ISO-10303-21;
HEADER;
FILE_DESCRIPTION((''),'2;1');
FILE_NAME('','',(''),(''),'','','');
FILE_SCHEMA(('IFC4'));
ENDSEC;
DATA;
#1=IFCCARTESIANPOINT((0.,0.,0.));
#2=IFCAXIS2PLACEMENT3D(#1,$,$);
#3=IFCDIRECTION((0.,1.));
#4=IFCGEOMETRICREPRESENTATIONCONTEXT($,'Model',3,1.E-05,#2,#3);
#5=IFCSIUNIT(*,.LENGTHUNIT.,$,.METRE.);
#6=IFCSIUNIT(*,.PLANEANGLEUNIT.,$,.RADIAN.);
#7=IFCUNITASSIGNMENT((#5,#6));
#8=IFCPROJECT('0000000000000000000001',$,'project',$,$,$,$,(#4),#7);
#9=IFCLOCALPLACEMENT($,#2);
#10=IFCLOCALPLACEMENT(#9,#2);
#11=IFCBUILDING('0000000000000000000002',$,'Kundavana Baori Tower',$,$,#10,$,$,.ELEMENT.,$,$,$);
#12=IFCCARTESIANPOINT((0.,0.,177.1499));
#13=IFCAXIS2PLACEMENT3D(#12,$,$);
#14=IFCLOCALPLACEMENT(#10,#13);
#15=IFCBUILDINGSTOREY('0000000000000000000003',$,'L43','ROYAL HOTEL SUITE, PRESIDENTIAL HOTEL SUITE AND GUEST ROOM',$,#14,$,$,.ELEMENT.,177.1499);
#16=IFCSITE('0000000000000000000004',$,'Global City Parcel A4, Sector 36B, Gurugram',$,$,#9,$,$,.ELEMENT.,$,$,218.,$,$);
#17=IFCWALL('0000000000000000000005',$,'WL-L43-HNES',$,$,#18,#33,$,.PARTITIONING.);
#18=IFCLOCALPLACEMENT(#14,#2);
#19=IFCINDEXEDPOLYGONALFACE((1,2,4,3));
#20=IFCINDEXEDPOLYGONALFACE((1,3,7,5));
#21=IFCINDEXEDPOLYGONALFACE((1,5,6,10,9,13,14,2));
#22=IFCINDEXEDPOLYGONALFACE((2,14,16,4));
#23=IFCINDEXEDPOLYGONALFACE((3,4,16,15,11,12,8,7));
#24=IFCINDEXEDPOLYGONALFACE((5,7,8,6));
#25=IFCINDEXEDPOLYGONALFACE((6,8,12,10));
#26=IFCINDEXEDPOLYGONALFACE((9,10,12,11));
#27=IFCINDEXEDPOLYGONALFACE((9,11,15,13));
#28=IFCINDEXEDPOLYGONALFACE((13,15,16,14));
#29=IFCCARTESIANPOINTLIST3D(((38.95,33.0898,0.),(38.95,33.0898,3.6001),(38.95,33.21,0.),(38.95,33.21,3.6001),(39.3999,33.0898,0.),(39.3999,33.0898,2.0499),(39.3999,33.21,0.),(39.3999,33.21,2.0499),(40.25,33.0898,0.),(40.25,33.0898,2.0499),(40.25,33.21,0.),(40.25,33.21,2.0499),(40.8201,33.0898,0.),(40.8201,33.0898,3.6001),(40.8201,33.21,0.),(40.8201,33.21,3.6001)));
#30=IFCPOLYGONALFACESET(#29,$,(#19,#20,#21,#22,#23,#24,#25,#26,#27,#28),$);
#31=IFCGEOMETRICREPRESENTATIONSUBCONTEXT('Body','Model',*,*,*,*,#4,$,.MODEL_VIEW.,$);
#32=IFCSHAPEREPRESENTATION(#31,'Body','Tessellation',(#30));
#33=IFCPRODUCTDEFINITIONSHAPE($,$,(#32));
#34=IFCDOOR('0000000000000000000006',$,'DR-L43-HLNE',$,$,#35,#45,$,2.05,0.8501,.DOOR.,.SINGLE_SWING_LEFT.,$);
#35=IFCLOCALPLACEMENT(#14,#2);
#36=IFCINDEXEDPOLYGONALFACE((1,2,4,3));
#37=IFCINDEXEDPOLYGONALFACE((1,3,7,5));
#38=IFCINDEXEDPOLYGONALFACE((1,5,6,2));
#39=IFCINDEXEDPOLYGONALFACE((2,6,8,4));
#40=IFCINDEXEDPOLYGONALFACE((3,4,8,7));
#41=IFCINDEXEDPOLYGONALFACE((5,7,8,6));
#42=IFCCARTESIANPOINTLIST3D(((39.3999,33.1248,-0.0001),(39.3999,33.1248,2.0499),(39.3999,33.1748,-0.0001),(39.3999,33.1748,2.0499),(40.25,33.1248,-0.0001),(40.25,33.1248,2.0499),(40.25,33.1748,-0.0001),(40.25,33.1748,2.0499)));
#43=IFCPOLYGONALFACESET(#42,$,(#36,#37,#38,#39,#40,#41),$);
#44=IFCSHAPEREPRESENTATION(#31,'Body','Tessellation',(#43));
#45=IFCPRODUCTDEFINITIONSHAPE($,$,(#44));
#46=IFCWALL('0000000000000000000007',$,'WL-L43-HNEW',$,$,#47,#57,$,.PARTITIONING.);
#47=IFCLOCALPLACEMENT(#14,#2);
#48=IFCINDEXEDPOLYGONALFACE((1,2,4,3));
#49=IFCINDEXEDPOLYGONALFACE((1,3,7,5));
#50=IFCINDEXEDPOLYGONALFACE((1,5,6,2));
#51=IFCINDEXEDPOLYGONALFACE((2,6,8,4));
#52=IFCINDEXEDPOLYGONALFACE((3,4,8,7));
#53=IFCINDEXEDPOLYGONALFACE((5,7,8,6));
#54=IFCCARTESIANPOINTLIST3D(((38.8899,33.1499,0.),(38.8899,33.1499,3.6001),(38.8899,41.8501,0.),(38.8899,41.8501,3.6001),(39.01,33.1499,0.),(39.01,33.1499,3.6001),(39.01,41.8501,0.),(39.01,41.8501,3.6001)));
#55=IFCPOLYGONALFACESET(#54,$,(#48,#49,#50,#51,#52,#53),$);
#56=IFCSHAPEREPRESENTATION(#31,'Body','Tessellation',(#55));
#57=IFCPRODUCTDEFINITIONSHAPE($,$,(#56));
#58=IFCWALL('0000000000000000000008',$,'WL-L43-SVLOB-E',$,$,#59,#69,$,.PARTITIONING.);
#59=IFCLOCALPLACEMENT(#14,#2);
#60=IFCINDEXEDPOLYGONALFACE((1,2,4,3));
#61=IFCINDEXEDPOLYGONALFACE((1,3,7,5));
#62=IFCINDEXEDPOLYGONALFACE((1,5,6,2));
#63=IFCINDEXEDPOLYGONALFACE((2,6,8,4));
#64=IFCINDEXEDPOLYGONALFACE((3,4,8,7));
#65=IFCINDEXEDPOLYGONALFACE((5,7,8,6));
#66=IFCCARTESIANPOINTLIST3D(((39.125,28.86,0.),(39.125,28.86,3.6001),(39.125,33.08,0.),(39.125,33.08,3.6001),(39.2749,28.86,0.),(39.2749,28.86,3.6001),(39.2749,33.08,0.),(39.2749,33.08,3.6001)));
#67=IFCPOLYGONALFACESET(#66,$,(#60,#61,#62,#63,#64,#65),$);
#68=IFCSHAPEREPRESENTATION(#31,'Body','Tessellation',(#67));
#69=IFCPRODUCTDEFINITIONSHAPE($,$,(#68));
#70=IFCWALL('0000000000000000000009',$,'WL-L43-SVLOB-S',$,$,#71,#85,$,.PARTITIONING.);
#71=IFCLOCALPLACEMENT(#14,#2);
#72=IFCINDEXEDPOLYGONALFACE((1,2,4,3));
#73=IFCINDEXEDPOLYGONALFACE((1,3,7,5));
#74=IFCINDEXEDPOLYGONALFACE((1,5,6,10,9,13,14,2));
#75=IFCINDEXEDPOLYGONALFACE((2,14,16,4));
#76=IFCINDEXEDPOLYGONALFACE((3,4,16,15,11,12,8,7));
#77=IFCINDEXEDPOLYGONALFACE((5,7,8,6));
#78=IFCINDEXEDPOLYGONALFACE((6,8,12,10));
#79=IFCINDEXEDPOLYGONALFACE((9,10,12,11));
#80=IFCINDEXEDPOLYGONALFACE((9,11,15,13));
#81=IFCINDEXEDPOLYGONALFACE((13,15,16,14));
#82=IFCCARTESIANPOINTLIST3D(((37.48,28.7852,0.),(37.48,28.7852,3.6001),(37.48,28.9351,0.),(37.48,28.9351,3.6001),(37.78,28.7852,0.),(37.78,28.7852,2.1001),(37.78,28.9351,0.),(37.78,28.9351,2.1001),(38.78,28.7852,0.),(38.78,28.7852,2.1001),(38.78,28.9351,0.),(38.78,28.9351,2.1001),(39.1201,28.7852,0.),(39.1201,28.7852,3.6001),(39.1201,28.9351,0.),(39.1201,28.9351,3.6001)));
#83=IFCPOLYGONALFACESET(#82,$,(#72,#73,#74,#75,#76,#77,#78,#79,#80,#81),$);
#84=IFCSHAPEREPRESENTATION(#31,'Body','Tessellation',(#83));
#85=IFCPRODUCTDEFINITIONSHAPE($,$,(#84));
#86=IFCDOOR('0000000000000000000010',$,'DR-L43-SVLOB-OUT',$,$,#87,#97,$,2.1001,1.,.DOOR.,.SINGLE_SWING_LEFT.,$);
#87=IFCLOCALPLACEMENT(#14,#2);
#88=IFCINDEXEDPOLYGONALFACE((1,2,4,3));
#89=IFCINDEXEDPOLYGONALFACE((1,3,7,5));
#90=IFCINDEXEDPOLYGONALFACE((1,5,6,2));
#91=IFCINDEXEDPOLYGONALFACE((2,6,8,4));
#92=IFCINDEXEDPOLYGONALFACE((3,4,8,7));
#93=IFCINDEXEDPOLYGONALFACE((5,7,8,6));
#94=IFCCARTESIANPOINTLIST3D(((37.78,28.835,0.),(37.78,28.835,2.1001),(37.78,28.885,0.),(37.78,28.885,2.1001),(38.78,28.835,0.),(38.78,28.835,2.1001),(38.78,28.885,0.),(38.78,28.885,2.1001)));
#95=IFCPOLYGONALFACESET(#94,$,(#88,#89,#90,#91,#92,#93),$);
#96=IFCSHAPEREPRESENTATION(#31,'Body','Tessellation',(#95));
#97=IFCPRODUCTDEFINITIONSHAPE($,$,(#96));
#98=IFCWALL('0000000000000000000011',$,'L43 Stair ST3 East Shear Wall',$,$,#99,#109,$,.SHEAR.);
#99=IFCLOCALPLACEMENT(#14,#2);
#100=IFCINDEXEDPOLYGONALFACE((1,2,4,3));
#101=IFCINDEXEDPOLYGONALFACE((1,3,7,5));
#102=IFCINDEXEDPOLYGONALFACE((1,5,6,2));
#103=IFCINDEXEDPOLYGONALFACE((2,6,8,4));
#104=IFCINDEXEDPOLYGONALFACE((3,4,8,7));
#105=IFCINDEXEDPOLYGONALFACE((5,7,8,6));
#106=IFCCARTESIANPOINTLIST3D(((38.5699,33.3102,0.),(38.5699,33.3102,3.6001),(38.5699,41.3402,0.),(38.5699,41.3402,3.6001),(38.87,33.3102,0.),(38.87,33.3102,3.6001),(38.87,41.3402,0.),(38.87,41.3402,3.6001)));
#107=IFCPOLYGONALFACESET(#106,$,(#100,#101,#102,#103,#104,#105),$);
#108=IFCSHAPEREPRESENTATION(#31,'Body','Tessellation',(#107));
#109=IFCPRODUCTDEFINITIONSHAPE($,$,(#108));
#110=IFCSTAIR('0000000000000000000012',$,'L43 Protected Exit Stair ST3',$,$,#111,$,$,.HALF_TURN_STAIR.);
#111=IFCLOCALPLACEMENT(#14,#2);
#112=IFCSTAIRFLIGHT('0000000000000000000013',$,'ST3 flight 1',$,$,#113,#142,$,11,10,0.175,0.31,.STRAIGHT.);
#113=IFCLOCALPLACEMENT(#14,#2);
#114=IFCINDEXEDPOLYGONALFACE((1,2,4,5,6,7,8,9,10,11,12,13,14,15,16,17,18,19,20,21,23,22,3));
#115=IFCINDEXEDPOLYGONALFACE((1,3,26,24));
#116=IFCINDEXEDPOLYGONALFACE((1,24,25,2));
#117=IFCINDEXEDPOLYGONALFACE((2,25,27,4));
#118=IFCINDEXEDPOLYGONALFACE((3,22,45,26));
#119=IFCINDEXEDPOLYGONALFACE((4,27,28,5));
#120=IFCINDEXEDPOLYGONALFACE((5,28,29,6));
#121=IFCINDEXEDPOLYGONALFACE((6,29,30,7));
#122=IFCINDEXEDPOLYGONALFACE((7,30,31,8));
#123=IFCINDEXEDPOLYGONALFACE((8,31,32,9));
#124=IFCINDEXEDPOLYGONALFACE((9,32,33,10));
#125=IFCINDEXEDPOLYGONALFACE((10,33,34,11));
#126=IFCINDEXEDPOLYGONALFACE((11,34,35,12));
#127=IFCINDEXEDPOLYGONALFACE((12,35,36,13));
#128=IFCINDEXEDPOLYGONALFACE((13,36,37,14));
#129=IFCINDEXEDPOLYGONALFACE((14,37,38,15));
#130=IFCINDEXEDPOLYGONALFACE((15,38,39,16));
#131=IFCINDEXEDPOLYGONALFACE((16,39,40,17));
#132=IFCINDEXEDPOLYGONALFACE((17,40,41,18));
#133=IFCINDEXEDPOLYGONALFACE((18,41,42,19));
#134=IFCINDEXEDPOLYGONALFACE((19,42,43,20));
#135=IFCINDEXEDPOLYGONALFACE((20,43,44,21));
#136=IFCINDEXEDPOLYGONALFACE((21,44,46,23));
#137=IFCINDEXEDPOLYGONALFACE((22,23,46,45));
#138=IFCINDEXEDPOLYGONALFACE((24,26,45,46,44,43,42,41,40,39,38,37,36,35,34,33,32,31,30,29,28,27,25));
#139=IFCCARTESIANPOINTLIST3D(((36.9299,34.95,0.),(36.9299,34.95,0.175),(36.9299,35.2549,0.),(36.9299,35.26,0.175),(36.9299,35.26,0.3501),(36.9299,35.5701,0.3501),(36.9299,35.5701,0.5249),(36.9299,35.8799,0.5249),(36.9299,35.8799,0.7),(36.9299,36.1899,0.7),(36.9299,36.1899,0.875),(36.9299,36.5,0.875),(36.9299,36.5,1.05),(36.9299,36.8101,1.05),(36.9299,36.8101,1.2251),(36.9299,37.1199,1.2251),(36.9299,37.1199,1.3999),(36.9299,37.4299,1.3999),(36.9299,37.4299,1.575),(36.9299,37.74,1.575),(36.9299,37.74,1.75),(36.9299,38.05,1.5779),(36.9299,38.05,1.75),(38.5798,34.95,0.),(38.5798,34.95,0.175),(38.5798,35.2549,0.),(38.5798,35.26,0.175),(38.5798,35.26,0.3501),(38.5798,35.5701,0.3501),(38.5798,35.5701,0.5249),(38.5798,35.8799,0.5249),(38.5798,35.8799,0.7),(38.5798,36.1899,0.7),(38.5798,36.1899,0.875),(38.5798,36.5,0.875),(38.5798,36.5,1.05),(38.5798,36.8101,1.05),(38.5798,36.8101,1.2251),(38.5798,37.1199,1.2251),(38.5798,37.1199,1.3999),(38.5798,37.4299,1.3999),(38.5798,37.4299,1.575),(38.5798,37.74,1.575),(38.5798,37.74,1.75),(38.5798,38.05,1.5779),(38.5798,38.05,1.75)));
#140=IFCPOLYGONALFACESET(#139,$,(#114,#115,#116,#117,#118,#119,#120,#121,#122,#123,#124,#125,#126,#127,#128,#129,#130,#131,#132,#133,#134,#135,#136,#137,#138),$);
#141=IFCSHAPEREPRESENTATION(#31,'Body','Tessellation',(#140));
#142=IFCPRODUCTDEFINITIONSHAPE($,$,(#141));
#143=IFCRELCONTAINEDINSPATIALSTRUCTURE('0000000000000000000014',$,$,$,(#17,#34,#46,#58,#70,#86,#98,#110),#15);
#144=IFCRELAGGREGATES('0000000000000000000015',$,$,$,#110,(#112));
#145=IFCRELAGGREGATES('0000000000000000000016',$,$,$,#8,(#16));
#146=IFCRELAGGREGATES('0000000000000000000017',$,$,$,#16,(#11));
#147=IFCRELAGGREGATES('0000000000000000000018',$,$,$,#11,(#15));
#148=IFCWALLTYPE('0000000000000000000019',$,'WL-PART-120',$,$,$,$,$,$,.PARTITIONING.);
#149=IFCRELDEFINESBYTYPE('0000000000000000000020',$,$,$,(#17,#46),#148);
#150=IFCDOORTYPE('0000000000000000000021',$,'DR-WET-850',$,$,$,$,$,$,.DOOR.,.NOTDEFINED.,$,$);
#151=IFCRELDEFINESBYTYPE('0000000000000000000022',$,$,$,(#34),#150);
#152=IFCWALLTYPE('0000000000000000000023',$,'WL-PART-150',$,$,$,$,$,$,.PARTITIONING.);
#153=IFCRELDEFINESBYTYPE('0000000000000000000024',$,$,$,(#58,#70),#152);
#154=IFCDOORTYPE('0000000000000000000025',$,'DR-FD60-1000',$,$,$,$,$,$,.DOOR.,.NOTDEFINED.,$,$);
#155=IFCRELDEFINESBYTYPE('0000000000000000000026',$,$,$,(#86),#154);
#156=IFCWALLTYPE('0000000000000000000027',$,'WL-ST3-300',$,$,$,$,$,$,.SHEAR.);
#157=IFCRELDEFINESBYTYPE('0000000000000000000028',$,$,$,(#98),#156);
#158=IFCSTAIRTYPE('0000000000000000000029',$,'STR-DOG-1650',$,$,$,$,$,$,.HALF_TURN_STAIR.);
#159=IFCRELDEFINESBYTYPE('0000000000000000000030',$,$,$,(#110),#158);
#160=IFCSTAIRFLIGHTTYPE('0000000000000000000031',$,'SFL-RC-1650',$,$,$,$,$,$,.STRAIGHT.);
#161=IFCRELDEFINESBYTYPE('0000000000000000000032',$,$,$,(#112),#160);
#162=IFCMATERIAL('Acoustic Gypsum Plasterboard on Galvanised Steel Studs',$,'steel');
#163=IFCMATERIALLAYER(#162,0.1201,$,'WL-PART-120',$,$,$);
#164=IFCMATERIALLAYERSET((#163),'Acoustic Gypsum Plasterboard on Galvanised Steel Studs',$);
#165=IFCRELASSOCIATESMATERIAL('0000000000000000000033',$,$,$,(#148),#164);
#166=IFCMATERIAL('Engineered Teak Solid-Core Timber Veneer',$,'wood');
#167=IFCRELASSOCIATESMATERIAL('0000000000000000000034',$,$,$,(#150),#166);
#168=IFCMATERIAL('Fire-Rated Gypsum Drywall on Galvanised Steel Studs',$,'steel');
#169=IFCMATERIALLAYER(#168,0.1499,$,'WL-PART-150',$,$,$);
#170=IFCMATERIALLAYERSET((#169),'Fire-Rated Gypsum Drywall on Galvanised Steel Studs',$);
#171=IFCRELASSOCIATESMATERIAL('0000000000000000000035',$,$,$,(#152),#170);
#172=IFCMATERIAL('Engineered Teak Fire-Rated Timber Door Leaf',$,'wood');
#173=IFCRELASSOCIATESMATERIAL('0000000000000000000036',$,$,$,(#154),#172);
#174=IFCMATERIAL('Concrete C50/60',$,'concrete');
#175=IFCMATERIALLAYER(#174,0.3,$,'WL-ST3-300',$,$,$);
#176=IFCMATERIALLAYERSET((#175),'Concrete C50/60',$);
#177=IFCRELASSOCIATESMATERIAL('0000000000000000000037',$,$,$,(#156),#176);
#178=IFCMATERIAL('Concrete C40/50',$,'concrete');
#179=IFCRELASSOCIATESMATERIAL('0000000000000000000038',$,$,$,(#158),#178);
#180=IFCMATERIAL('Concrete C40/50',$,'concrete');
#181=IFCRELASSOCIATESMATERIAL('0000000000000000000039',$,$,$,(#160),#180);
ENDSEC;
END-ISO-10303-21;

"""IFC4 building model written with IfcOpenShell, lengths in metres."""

from ifc_helpers import new_model, si_unit, direction, frame, frame_2d, origin, place, context, subcontext, project, spatial, polyline, rectangle, outline, extrude, material, layer, layer_set, type_object, element, fill, aggregate, save


model = new_model("IFC4")

# Units and contexts
model_context = context("Model", 3, precision=1e-05, world=origin(), true_north=direction((0.0, 1.0)))
body_context = subcontext(model_context, "Body", "Model", "MODEL_VIEW")
ifc_project = project(units=[si_unit("LENGTHUNIT", "METRE"), si_unit("PLANEANGLEUNIT", "RADIAN")], contexts=[model_context])

# Site, building, storey
site_placement = place(None, origin())
site = spatial("IfcSite", under=ifc_project, at=site_placement, Name="Global City Parcel A4, Sector 36B, Gurugram", CompositionType="ELEMENT", RefElevation=218.0)
building_placement = place(site_placement, origin())
building = spatial("IfcBuilding", under=site, at=building_placement, Name="Kundavana Baori Tower", CompositionType="ELEMENT")
storey_placement = place(building_placement, frame((0.0, 0.0, 177.1499)))
storey = spatial("IfcBuildingStorey", under=building, at=storey_placement, Name="L43", Description="ROYAL HOTEL SUITE, PRESIDENTIAL HOTEL SUITE AND GUEST ROOM", CompositionType="ELEMENT", Elevation=177.1499)

# Shared definitions
ifc_material_1 = material(Name="Acoustic Gypsum Plasterboard on Galvanised Steel Studs", Category="steel")
ifc_layer_1 = layer(ifc_material_1, 0.1201, Name="WL-PART-120")
ifc_layer_set_1 = layer_set([ifc_layer_1], Name="Acoustic Gypsum Plasterboard on Galvanised Steel Studs")
wall_type_1 = type_object("IfcWallType", Name="WL-PART-120", PredefinedType="PARTITIONING", material=ifc_layer_set_1)

# Wall, opening, door
wall_1_placement = place(storey_placement, frame((38.95, 33.1499, 0.0), z_axis=(0.0, 0.0, 1.0), x_axis=(1.0, 0.0, 0.0)))
wall_1 = element("IfcWall", 1, at=wall_1_placement, inside=storey, type_object=wall_type_1, Name="WL-L43-HNES", PredefinedType="PARTITIONING", context=body_context, shape_type="SweptSolid", body=[
    extrude(rectangle(XDim=1.8701, YDim=0.1201, at=frame_2d((0.9351, 0.0))), origin(), (0.0, 0.0, 1.0), 3.6001),
])
opening_1_placement = place(wall_1_placement, frame((0.45, 0.0, 0.0)))
opening_1 = element("IfcOpeningElement", 2, at=opening_1_placement, cuts=wall_1, PredefinedType="OPENING", context=body_context, shape_type="SweptSolid", body=[
    extrude(rectangle(XDim=0.8501, YDim=2.05, at=frame_2d((0.425, 1.0249))), frame((0.0, 0.0701, 0.0), z_axis=(0.0, -1.0, 0.0), x_axis=(1.0, 0.0, 0.0)), (0.0, 0.0, 1.0), 0.1401),
])
ifc_material_2 = material(Name="Engineered Teak Solid-Core Timber Veneer", Category="wood")
door_type_1 = type_object("IfcDoorType", Name="DR-WET-850", OperationType="NOTDEFINED", PredefinedType="DOOR", material=ifc_material_2)
door_1_placement = place(opening_1_placement, origin())
door_1 = element("IfcDoor", 3, at=door_1_placement, inside=storey, type_object=door_type_1, Name="DR-L43-HLNE", OperationType="SINGLE_SWING_LEFT", OverallHeight=2.05, OverallWidth=0.8501, PredefinedType="DOOR", context=body_context, shape_type="SweptSolid", body=[
    extrude(rectangle(XDim=0.8501, YDim=2.05, at=frame_2d((0.425, 1.0249))), frame((0.0, 0.0249, 0.0), z_axis=(0.0, -1.0, 0.0), x_axis=(1.0, 0.0, 0.0)), (0.0, 0.0, 1.0), 0.05),
])
fill(opening_1, door_1)

# Walls
wall_2_placement = place(storey_placement, frame((38.95, 33.1499, 0.0), z_axis=(0.0, 0.0, 1.0), x_axis=(0.0, 1.0, 0.0)))
element("IfcWall", 4, at=wall_2_placement, inside=storey, type_object=wall_type_1, Name="WL-L43-HNEW", PredefinedType="PARTITIONING", context=body_context, shape_type="SweptSolid", body=[
    extrude(rectangle(XDim=8.7002, YDim=0.1201, at=frame_2d((4.3501, 0.0))), origin(), (0.0, 0.0, 1.0), 3.6001),
])
ifc_material_3 = material(Name="Fire-Rated Gypsum Drywall on Galvanised Steel Studs", Category="steel")
ifc_layer_2 = layer(ifc_material_3, 0.1499, Name="WL-PART-150")
ifc_layer_set_2 = layer_set([ifc_layer_2], Name="Fire-Rated Gypsum Drywall on Galvanised Steel Studs")
wall_type_2 = type_object("IfcWallType", Name="WL-PART-150", PredefinedType="PARTITIONING", material=ifc_layer_set_2)
wall_3_placement = place(storey_placement, frame((39.2, 28.8601, 0.0), z_axis=(0.0, 0.0, 1.0), x_axis=(0.0, 1.0, 0.0)))
element("IfcWall", 5, at=wall_3_placement, inside=storey, type_object=wall_type_2, Name="WL-L43-SVLOB-E", PredefinedType="PARTITIONING", context=body_context, shape_type="SweptSolid", body=[
    extrude(rectangle(XDim=4.22, YDim=0.1499, at=frame_2d((2.1099, 0.0))), origin(), (0.0, 0.0, 1.0), 3.6001),
])

# Wall, opening, door
wall_4_placement = place(storey_placement, frame((37.48, 28.8601, 0.0), z_axis=(0.0, 0.0, 1.0), x_axis=(1.0, 0.0, 0.0)))
wall_4 = element("IfcWall", 6, at=wall_4_placement, inside=storey, type_object=wall_type_2, Name="WL-L43-SVLOB-S", PredefinedType="PARTITIONING", context=body_context, shape_type="SweptSolid", body=[
    extrude(rectangle(XDim=1.6401, YDim=0.1499, at=frame_2d((0.8201, 0.0))), origin(), (0.0, 0.0, 1.0), 3.6001),
])
opening_2_placement = place(wall_4_placement, frame((0.3, 0.0, 0.0)))
opening_2 = element("IfcOpeningElement", 7, at=opening_2_placement, cuts=wall_4, PredefinedType="OPENING", context=body_context, shape_type="SweptSolid", body=[
    extrude(rectangle(XDim=1.0, YDim=2.1001, at=frame_2d((0.5, 1.05))), frame((0.0, 0.085, 0.0), z_axis=(0.0, -1.0, 0.0), x_axis=(1.0, 0.0, 0.0)), (0.0, 0.0, 1.0), 0.1699),
])
ifc_material_4 = material(Name="Engineered Teak Fire-Rated Timber Door Leaf", Category="wood")
door_type_2 = type_object("IfcDoorType", Name="DR-FD60-1000", OperationType="NOTDEFINED", PredefinedType="DOOR", material=ifc_material_4)
door_2_placement = place(opening_2_placement, origin())
door_2 = element("IfcDoor", 8, at=door_2_placement, inside=storey, type_object=door_type_2, Name="DR-L43-SVLOB-OUT", OperationType="SINGLE_SWING_LEFT", OverallHeight=2.1001, OverallWidth=1.0, PredefinedType="DOOR", context=body_context, shape_type="SweptSolid", body=[
    extrude(rectangle(XDim=1.0, YDim=2.1001, at=frame_2d((0.5, 1.05))), frame((0.0, 0.0249, 0.0), z_axis=(0.0, -1.0, 0.0), x_axis=(1.0, 0.0, 0.0)), (0.0, 0.0, 1.0), 0.05),
])
fill(opening_2, door_2)

# Wall
ifc_material_5 = material(Name="Concrete C50/60", Category="concrete")
ifc_layer_3 = layer(ifc_material_5, 0.3, Name="WL-ST3-300")
ifc_layer_set_3 = layer_set([ifc_layer_3], Name="Concrete C50/60")
wall_type_3 = type_object("IfcWallType", Name="WL-ST3-300", PredefinedType="SHEAR", material=ifc_layer_set_3)
wall_5_placement = place(storey_placement, frame((38.72, 33.3101, 0.0), z_axis=(0.0, 0.0, 1.0), x_axis=(0.0, 1.0, 0.0)))
element("IfcWall", 9, at=wall_5_placement, inside=storey, type_object=wall_type_3, Name="L43 Stair ST3 East Shear Wall", PredefinedType="SHEAR", context=body_context, shape_type="SweptSolid", body=[
    extrude(rectangle(XDim=8.03, YDim=0.3, at=frame_2d((4.0151, 0.0))), origin(), (0.0, 0.0, 1.0), 3.6001),
])

# Stair, stair flight
ifc_material_6 = material(Name="Concrete C40/50", Category="concrete")
stair_type = type_object("IfcStairType", Name="STR-DOG-1650", PredefinedType="HALF_TURN_STAIR", material=ifc_material_6)
stair_placement = place(storey_placement, origin())
stair = element("IfcStair", 10, at=stair_placement, inside=storey, type_object=stair_type, Name="L43 Protected Exit Stair ST3", PredefinedType="HALF_TURN_STAIR")
ifc_material_7 = material(Name="Concrete C40/50", Category="concrete")
stair_flight_type = type_object("IfcStairFlightType", Name="SFL-RC-1650", PredefinedType="STRAIGHT", material=ifc_material_7)
stair_flight_placement = place(storey_placement, frame((37.7549, 34.95, 0.0), z_axis=(0.0, 0.0, 1.0), x_axis=(0.0, 1.0, 0.0)))
stair_flight = element("IfcStairFlight", 11, at=stair_flight_placement, type_object=stair_flight_type, Name="ST3 flight 1", NumberOfRisers=11, NumberOfTreads=10, PredefinedType="STRAIGHT", RiserHeight=0.175, TreadLength=0.31, context=body_context, shape_type="SweptSolid", body=[
    extrude(outline(polyline([(0.0, 0.0), (0.0, 0.175), (0.3101, 0.175), (0.3101, 0.3501), (0.6201, 0.3501), (0.6201, 0.5249), (0.9299, 0.5249), (0.9299, 0.7), (1.24, 0.7), (1.24, 0.875), (1.55, 0.875), (1.55, 1.05), (1.8601, 1.05), (1.8601, 1.2251), (2.1699, 1.2251), (2.1699, 1.3999), (2.48, 1.3999), (2.48, 1.575), (2.79, 1.575), (2.79, 1.75), (3.1001, 1.75), (3.1001, 1.925), (3.1001, 1.5779), (0.3049, 0.0), (0.0, 0.0)])), frame((0.0, 0.825, 0.0), z_axis=(0.0, -1.0, 0.0), x_axis=(1.0, 0.0, 0.0)), (0.0, 0.0, 1.0), 1.6499),
])
aggregate(stair, [stair_flight])

save(model, "model.ifc")
